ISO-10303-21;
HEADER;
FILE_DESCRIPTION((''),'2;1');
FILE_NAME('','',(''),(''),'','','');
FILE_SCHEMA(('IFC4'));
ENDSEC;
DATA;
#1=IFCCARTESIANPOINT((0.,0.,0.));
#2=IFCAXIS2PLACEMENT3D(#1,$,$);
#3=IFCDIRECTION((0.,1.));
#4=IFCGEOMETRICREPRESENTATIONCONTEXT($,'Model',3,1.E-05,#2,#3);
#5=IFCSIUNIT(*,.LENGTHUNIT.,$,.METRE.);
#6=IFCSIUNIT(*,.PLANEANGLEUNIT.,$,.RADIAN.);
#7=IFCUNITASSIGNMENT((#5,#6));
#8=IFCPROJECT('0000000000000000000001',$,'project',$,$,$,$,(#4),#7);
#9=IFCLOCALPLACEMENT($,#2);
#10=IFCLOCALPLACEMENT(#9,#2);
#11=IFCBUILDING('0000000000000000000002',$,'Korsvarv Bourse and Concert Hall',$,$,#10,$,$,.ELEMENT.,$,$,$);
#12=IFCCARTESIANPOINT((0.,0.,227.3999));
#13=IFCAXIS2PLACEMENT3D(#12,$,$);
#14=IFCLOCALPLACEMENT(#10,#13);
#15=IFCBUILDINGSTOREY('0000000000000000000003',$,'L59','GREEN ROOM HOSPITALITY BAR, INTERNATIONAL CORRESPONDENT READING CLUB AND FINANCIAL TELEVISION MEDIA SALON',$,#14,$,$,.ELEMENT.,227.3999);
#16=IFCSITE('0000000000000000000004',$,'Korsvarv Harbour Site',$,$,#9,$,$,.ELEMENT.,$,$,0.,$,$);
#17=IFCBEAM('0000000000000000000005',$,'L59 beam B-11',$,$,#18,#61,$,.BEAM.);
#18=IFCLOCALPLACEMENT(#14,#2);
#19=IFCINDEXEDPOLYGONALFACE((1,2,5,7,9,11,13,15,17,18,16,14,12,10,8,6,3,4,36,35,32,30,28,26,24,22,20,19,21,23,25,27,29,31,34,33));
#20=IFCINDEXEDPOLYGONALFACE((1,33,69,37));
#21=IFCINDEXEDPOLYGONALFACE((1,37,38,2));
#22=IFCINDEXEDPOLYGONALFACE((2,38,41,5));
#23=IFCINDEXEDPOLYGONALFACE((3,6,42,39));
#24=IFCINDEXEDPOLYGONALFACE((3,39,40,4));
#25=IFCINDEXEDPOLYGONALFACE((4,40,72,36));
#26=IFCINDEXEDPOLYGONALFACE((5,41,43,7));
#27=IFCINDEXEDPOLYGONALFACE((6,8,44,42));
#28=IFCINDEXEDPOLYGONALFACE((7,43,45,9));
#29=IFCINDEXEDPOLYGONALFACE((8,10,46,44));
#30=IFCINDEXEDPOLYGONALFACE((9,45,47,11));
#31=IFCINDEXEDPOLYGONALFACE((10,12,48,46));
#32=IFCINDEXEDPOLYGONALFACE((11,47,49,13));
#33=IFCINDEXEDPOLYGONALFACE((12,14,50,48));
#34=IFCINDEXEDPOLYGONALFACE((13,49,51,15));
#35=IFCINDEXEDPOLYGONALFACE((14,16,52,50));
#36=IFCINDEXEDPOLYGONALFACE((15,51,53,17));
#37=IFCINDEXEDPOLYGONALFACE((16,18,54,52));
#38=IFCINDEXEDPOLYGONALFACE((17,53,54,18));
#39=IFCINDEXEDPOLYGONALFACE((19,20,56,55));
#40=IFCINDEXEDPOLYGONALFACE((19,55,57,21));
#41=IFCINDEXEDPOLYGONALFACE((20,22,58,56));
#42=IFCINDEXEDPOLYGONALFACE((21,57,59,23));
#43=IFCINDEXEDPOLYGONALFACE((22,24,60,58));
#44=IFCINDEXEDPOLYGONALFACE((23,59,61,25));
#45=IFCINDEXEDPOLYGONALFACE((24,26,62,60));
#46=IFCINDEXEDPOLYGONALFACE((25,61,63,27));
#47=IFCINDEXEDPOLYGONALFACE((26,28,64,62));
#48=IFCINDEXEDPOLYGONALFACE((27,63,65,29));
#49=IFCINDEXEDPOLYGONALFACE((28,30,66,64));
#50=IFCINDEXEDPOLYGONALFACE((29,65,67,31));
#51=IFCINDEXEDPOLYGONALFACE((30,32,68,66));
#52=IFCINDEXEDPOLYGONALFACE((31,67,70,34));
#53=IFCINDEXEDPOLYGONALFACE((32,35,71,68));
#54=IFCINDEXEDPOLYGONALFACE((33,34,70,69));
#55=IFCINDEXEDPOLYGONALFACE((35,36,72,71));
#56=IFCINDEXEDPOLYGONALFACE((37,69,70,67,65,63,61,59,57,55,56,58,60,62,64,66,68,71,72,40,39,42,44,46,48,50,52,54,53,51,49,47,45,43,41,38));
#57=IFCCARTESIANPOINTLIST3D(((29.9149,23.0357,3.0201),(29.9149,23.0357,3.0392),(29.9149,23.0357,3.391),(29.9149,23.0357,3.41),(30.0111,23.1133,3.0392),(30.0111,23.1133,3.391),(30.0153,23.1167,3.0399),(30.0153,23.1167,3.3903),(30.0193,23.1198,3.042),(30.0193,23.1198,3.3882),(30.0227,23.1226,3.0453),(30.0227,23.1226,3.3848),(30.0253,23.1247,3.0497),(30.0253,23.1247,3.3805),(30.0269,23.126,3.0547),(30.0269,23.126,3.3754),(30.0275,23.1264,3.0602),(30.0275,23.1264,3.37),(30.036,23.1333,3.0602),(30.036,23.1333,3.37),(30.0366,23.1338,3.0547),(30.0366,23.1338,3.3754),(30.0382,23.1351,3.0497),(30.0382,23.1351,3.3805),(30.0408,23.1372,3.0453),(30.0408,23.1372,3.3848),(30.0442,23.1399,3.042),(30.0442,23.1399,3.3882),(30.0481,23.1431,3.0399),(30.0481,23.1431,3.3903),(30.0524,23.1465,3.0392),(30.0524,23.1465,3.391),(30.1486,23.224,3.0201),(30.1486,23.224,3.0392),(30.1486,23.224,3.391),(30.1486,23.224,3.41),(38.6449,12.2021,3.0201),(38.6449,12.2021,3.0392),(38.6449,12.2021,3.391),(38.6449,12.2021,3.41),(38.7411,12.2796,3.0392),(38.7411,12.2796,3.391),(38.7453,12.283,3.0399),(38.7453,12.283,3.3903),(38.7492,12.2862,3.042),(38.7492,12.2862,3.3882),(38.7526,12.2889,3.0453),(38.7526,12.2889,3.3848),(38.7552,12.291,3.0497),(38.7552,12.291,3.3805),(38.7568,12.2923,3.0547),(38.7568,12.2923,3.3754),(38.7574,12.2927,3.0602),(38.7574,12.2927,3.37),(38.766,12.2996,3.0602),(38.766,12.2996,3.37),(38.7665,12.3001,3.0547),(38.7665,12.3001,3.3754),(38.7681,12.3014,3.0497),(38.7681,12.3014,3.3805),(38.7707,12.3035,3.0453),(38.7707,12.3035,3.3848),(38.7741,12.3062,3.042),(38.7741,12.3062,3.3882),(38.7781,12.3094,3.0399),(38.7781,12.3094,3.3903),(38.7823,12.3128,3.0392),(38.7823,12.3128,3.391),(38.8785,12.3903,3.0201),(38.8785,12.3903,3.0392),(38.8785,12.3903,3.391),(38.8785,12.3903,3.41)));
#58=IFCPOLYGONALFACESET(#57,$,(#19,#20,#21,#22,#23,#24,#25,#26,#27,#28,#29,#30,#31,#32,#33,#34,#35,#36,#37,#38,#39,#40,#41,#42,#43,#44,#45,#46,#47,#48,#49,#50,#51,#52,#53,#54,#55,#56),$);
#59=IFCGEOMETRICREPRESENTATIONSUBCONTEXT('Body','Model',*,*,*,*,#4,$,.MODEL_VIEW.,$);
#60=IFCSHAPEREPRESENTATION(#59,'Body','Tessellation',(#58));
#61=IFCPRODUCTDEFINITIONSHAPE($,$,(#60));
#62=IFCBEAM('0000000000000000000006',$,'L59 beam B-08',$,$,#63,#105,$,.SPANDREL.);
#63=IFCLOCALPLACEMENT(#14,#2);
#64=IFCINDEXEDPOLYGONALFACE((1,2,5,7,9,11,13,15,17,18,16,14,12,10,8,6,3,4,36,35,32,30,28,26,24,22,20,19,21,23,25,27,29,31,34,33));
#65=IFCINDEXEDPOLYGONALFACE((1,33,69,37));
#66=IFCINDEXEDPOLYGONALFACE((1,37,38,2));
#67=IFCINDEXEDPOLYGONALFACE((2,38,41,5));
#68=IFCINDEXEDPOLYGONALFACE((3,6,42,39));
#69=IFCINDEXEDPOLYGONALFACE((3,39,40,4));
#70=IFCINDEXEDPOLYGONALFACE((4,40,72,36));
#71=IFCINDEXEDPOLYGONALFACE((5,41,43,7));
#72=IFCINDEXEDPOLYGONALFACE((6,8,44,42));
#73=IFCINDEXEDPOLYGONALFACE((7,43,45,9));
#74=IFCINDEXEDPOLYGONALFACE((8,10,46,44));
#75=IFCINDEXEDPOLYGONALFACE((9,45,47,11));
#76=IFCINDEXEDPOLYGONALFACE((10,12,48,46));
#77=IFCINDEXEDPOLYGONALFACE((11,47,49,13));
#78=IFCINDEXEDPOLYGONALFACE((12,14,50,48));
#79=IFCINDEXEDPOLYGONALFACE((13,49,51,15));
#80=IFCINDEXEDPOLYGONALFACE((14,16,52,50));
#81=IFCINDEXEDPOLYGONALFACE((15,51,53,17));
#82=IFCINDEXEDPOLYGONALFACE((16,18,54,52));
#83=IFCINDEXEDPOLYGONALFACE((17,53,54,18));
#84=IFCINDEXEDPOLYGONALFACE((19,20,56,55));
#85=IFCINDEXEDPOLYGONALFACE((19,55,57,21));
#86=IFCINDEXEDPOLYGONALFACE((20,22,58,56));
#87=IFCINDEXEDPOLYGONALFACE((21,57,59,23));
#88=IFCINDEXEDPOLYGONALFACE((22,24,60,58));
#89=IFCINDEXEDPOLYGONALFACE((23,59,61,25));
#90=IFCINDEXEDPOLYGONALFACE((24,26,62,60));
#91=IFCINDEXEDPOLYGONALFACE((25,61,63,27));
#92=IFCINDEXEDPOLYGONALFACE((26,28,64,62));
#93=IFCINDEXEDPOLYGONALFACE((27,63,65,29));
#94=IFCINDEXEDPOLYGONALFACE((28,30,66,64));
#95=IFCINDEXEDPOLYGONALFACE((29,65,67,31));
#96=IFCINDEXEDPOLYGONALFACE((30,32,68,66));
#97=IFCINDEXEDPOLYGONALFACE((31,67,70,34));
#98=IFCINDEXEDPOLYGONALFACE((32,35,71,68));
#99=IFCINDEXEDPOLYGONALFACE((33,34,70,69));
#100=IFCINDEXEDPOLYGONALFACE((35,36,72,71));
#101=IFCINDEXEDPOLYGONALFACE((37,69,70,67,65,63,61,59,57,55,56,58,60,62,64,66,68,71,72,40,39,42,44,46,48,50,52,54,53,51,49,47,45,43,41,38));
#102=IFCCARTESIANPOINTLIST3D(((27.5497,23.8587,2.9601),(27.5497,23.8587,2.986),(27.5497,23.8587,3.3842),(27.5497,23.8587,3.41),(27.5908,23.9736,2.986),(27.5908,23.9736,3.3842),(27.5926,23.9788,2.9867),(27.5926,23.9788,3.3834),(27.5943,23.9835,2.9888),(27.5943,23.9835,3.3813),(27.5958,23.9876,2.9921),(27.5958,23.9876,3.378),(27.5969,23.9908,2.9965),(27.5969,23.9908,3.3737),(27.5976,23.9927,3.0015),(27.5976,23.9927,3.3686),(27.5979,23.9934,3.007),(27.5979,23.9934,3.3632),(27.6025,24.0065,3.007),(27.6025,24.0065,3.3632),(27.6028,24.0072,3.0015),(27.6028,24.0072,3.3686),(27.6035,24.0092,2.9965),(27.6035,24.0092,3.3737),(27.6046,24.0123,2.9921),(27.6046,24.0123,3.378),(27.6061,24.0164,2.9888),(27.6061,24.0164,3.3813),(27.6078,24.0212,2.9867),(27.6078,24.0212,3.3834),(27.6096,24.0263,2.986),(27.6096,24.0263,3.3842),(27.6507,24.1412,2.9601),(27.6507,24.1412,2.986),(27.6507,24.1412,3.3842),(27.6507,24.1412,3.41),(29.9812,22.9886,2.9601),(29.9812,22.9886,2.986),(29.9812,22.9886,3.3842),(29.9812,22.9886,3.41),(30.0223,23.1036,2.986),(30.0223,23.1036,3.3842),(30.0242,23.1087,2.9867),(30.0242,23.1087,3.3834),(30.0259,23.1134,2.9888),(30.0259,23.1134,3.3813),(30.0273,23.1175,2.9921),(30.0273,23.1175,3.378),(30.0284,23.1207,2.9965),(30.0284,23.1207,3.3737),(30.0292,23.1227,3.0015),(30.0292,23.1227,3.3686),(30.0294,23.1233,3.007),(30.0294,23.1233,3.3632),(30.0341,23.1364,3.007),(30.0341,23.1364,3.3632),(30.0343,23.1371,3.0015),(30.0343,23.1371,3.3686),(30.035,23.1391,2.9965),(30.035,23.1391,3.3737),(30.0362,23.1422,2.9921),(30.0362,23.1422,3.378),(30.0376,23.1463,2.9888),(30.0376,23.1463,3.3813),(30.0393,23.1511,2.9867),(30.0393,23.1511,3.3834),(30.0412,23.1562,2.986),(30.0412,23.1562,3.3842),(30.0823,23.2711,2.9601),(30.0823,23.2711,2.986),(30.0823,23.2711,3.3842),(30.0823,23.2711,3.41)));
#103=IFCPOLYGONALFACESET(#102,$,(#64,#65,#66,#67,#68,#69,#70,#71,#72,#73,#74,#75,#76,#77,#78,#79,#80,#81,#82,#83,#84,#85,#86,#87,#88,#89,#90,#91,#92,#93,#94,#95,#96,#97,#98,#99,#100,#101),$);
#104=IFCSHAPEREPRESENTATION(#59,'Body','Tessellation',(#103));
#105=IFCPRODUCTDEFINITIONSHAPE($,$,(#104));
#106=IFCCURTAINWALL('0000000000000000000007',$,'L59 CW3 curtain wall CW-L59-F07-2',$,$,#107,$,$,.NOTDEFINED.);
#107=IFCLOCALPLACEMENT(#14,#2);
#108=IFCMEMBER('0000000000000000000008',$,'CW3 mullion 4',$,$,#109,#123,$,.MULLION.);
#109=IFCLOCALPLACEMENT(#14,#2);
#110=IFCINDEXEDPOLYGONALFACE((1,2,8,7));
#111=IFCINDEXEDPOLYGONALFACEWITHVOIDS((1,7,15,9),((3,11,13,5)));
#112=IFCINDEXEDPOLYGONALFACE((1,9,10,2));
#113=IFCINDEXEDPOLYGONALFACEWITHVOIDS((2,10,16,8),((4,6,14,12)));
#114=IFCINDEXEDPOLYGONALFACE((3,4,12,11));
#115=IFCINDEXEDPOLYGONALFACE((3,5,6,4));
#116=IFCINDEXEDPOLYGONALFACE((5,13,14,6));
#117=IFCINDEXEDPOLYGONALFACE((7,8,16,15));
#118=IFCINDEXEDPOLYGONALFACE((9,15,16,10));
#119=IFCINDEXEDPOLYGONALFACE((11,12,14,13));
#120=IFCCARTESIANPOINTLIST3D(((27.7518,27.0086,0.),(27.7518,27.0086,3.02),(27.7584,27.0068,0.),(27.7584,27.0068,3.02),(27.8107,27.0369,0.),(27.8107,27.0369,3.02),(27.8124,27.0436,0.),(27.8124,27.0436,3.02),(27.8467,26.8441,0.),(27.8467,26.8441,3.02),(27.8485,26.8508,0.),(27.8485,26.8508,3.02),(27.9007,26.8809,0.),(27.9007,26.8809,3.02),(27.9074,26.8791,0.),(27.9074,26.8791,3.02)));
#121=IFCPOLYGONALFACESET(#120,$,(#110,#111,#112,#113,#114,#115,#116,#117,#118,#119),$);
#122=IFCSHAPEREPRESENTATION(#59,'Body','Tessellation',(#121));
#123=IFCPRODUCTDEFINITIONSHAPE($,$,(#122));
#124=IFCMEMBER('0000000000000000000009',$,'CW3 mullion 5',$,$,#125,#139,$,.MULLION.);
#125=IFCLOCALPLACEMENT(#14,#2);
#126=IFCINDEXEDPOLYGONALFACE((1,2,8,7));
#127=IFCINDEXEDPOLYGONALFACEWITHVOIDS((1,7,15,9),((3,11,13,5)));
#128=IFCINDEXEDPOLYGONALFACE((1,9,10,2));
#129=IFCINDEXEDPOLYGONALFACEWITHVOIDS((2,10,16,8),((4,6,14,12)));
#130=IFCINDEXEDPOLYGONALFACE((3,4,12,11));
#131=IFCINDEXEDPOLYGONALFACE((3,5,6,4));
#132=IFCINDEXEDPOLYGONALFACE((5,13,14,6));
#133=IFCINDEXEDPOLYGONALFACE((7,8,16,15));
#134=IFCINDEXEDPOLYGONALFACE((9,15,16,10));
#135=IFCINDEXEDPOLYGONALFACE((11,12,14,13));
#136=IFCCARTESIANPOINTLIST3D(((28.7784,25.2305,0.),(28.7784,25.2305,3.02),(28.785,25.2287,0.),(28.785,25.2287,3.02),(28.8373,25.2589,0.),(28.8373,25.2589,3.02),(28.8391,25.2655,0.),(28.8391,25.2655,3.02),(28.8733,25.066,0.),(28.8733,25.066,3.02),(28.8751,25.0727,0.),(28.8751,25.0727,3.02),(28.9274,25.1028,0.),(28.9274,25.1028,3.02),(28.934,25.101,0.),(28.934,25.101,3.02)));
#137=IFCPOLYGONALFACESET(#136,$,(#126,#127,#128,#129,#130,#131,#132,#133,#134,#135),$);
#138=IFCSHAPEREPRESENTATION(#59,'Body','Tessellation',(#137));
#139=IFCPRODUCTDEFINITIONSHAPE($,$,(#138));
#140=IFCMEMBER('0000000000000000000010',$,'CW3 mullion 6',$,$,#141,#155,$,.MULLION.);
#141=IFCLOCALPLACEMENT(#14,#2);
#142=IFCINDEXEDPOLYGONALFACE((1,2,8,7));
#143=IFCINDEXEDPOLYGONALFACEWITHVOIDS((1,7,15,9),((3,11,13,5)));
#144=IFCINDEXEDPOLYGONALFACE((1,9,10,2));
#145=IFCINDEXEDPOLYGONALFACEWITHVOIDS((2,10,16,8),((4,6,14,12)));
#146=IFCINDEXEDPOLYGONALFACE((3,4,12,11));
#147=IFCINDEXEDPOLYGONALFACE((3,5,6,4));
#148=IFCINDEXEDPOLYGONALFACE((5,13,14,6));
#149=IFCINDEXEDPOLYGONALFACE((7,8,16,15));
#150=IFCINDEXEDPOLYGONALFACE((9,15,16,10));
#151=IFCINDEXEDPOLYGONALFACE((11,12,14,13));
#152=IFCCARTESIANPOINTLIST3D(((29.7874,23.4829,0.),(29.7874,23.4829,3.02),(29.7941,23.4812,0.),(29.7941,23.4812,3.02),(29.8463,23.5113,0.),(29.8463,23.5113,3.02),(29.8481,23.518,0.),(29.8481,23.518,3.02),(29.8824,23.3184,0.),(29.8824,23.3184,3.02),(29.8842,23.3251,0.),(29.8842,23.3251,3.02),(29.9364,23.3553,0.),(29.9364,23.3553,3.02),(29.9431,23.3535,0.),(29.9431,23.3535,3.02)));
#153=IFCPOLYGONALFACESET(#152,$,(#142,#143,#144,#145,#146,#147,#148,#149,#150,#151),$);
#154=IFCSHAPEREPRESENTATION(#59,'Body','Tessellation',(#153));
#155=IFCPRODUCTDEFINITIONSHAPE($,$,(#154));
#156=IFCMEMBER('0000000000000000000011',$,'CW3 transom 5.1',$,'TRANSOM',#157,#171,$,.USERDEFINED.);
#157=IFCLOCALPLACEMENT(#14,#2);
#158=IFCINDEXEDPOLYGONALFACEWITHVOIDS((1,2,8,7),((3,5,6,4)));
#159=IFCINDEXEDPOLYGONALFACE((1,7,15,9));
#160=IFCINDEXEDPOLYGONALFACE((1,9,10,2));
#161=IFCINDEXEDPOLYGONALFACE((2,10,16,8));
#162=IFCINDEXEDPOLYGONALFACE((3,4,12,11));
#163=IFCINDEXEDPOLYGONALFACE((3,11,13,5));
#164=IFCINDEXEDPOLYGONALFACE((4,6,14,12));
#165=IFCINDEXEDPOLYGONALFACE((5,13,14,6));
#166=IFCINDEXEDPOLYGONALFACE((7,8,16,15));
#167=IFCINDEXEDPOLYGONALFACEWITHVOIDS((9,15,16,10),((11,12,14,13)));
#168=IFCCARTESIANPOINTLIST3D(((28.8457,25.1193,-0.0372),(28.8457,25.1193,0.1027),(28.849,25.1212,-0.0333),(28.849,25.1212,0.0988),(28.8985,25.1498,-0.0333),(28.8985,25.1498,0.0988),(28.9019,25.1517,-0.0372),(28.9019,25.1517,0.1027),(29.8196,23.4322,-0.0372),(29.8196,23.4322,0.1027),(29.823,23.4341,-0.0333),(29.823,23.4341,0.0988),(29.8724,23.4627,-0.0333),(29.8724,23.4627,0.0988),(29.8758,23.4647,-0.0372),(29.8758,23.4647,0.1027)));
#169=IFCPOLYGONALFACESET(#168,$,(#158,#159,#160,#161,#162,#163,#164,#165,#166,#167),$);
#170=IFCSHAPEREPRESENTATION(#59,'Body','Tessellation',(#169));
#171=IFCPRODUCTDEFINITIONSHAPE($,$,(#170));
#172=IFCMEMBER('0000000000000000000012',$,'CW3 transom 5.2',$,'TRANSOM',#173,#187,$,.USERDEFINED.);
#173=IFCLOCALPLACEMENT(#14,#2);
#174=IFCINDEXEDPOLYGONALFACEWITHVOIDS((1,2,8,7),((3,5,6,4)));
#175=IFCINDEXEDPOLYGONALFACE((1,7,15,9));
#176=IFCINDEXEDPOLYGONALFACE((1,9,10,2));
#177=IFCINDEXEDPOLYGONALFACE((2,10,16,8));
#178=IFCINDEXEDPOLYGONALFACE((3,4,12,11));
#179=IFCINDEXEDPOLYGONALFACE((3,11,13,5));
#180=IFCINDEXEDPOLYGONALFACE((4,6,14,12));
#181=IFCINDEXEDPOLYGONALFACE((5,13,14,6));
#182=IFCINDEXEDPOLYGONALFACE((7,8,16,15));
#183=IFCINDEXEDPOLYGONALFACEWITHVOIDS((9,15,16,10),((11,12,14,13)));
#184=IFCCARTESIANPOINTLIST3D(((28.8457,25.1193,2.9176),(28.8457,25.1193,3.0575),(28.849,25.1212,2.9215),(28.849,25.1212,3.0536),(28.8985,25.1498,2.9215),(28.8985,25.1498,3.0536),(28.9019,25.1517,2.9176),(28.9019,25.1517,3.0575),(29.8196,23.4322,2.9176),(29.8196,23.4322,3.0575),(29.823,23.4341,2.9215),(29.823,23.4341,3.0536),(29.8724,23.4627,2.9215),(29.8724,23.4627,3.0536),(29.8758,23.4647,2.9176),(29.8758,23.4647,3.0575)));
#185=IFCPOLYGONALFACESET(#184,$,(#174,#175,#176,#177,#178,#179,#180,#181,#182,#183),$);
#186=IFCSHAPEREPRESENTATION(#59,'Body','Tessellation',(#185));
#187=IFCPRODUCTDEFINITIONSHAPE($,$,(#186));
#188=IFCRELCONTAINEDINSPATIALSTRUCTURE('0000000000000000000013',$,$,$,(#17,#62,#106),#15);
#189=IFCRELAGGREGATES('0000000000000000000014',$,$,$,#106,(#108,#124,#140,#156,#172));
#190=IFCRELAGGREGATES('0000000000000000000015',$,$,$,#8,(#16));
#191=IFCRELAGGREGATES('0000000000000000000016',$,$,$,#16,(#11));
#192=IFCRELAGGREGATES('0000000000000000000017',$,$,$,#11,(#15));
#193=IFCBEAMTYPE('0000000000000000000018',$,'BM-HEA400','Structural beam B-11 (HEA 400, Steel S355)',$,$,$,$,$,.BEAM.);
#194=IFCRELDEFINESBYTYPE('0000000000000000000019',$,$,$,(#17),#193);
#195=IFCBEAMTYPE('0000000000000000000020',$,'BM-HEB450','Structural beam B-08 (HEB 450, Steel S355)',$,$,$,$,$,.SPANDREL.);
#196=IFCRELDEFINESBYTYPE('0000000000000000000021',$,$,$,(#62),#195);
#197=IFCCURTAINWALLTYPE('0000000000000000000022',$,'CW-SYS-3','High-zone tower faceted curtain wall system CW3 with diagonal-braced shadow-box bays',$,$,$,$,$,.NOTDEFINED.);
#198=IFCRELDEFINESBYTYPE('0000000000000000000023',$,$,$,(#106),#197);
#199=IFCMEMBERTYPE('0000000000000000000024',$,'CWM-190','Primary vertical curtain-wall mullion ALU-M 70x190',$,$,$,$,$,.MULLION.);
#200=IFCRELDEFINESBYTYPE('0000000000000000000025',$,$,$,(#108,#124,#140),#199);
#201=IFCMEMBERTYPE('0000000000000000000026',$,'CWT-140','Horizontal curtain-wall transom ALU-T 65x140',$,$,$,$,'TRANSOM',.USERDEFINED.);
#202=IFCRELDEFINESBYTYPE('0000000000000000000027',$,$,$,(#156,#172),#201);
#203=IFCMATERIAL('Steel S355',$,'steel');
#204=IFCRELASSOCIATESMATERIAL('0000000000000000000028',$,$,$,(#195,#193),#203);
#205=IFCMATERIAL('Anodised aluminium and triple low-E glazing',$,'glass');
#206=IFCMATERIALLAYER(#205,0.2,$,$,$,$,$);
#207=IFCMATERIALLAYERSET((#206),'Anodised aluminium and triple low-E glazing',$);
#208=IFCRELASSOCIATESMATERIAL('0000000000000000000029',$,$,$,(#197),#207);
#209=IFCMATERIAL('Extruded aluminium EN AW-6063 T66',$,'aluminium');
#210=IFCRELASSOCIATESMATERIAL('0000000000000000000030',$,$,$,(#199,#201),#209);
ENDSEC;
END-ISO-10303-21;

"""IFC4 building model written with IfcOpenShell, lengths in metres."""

from ifc_helpers import new_model, si_unit, direction, frame, origin, origin_2d, place, context, subcontext, project, spatial, hollow_rectangle, i_section, extrude, source, transform, mapped, material, layer, layer_set, material_profile, profile_set, type_object, element, aggregate, save


model = new_model("IFC4")

# Units and contexts
model_context = context("Model", 3, precision=1e-05, world=origin(), true_north=direction((0.0, 1.0)))
body_context = subcontext(model_context, "Body", "Model", "MODEL_VIEW")
ifc_project = project(units=[si_unit("LENGTHUNIT", "METRE"), si_unit("PLANEANGLEUNIT", "RADIAN")], contexts=[model_context])

# Site, building, storey
site_placement = place(None, origin())
site = spatial("IfcSite", under=ifc_project, at=site_placement, Name="Korsvarv Harbour Site", CompositionType="ELEMENT", RefElevation=0.0)
building_placement = place(site_placement, origin())
building = spatial("IfcBuilding", under=site, at=building_placement, Name="Korsvarv Bourse and Concert Hall", CompositionType="ELEMENT")
storey_placement = place(building_placement, frame((0.0, 0.0, 227.3999)))
storey = spatial("IfcBuildingStorey", under=building, at=storey_placement, Name="L59", Description="GREEN ROOM HOSPITALITY BAR, INTERNATIONAL CORRESPONDENT READING CLUB AND FINANCIAL TELEVISION MEDIA SALON", CompositionType="ELEMENT", Elevation=227.3999)

# Shared definitions
ifc_material_1 = material(Name="Steel S355", Category="steel")

# Beams
ifc_material_profile_1 = material_profile(ifc_material_1, i_section(OverallWidth=0.3, OverallDepth=0.45, WebThickness=0.0139, FlangeThickness=0.0259, FilletRadius=0.021, at=origin_2d()), Name="HEB 450")
ifc_profile_set_1 = profile_set([ifc_material_profile_1], Name="Steel S355")
beam_type_1 = type_object("IfcBeamType", Name="BM-HEB450", Description="Structural beam B-08 (HEB 450, Steel S355)", PredefinedType="SPANDREL", material=ifc_profile_set_1)
ifc_material_profile_2 = material_profile(ifc_material_1, i_section(OverallWidth=0.3, OverallDepth=0.3899, WebThickness=0.011, FlangeThickness=0.019, FilletRadius=0.021, at=origin_2d()), Name="HEA 400")
ifc_profile_set_2 = profile_set([ifc_material_profile_2], Name="Steel S355")
beam_type_2 = type_object("IfcBeamType", Name="BM-HEA400", Description="Structural beam B-11 (HEA 400, Steel S355)", PredefinedType="BEAM", material=ifc_profile_set_2)
shared_shape_1 = source(origin(), body_context, "Body", "SweptSolid", [
    extrude(i_section(OverallWidth=0.3, OverallDepth=0.3899, WebThickness=0.011, FlangeThickness=0.019, FilletRadius=0.021, at=origin_2d()), origin(), (0.0, 0.0, 1.0), 13.9133),
])
beam_1_placement = place(storey_placement, frame((30.0317, 23.1299, 3.2151), z_axis=(0.627452, -0.778656, 0.0), x_axis=(0.778656, 0.627452, 0.0)))
element("IfcBeam", 1, at=beam_1_placement, inside=storey, type_object=beam_type_2, Name="L59 beam B-11", PredefinedType="BEAM", context=body_context, shape_type="MappedRepresentation", body=[
    mapped(shared_shape_1, transform((0.0, 0.0, 0.0), scale=1.0)),
])
shared_shape_2 = source(origin(), body_context, "Body", "SweptSolid", [
    extrude(i_section(OverallWidth=0.3, OverallDepth=0.45, WebThickness=0.0139, FlangeThickness=0.0259, FilletRadius=0.021, at=origin_2d()), origin(), (0.0, 0.0, 1.0), 2.5825),
])
beam_2_placement = place(storey_placement, frame((30.0317, 23.1299, 3.1851), z_axis=(-0.941536, 0.336911, 0.0), x_axis=(-0.336911, -0.941536, 0.0)))
element("IfcBeam", 2, at=beam_2_placement, inside=storey, type_object=beam_type_1, Name="L59 beam B-08", PredefinedType="SPANDREL", context=body_context, shape_type="MappedRepresentation", body=[
    mapped(shared_shape_2, transform((0.0, 0.0, 0.0), scale=1.0)),
])

# Curtain wall, members
ifc_material_2 = material(Name="Anodised aluminium and triple low-E glazing", Category="glass")
ifc_layer_1 = layer(ifc_material_2, 0.2)
ifc_layer_set_1 = layer_set([ifc_layer_1], Name="Anodised aluminium and triple low-E glazing")
curtain_wall_type = type_object("IfcCurtainWallType", Name="CW-SYS-3", Description="High-zone tower faceted curtain wall system CW3 with diagonal-braced shadow-box bays", PredefinedType="NOTDEFINED", material=ifc_layer_set_1)
curtain_wall_placement = place(storey_placement, origin())
curtain_wall = element("IfcCurtainWall", 3, at=curtain_wall_placement, inside=storey, type_object=curtain_wall_type, Name="L59 CW3 curtain wall CW-L59-F07-2", PredefinedType="NOTDEFINED")
ifc_material_3 = material(Name="Extruded aluminium EN AW-6063 T66", Category="aluminium")
ifc_material_profile_3 = material_profile(ifc_material_3, hollow_rectangle(XDim=0.0701, YDim=0.1899, WallThickness=0.0049, at=origin_2d()), Name="ALU-M 70x190")
ifc_profile_set_3 = profile_set([ifc_material_profile_3], Name="Extruded aluminium EN AW-6063 T66")
member_type_1 = type_object("IfcMemberType", Name="CWM-190", Description="Primary vertical curtain-wall mullion ALU-M 70x190", PredefinedType="MULLION", material=ifc_profile_set_3)
shared_shape_3 = source(origin(), body_context, "Body", "SweptSolid", [
    extrude(hollow_rectangle(XDim=0.0701, YDim=0.1899, WallThickness=0.0049, at=origin_2d()), origin(), (0.0, 0.0, 1.0), 3.02),
])
member_1_placement = place(storey_placement, frame((27.8296, 26.9438, 0.0), z_axis=(0.0, 0.0, 1.0), x_axis=(0.866025, 0.5, 0.0)))
member_1 = element("IfcMember", 4, at=member_1_placement, type_object=member_type_1, Name="CW3 mullion 4", PredefinedType="MULLION", context=body_context, shape_type="MappedRepresentation", body=[
    mapped(shared_shape_3, transform((0.0, 0.0, 0.0), scale=1.0)),
])
member_2_placement = place(storey_placement, frame((28.8562, 25.1658, 0.0), z_axis=(0.0, 0.0, 1.0), x_axis=(0.866025, 0.5, 0.0)))
member_2 = element("IfcMember", 5, at=member_2_placement, type_object=member_type_1, Name="CW3 mullion 5", PredefinedType="MULLION", context=body_context, shape_type="MappedRepresentation", body=[
    mapped(shared_shape_3, transform((0.0, 0.0, 0.0), scale=1.0)),
])
member_3_placement = place(storey_placement, frame((29.8652, 23.4182, 0.0), z_axis=(0.0, 0.0, 1.0), x_axis=(0.866025, 0.5, 0.0)))
member_3 = element("IfcMember", 6, at=member_3_placement, type_object=member_type_1, Name="CW3 mullion 6", PredefinedType="MULLION", context=body_context, shape_type="MappedRepresentation", body=[
    mapped(shared_shape_3, transform((0.0, 0.0, 0.0), scale=1.0)),
])
ifc_material_profile_4 = material_profile(ifc_material_3, hollow_rectangle(XDim=0.0649, YDim=0.1399, WallThickness=0.0039, at=origin_2d()), Name="ALU-T 65x140")
ifc_profile_set_4 = profile_set([ifc_material_profile_4], Name="Extruded aluminium EN AW-6063 T66")
member_type_2 = type_object("IfcMemberType", Name="CWT-140", Description="Horizontal curtain-wall transom ALU-T 65x140", ElementType="TRANSOM", PredefinedType="USERDEFINED", material=ifc_profile_set_4)
shared_shape_4 = source(origin(), body_context, "Body", "SweptSolid", [
    extrude(hollow_rectangle(XDim=0.0649, YDim=0.1399, WallThickness=0.0039, at=origin_2d()), origin(), (0.0, 0.0, 1.0), 1.948),
])
member_4_placement = place(storey_placement, frame((28.8738, 25.1355, 0.0327), z_axis=(0.499954, -0.866052, 0.0), x_axis=(0.866052, 0.499954, 0.0)))
member_4 = element("IfcMember", 7, at=member_4_placement, type_object=member_type_2, Name="CW3 transom 5.1", ObjectType="TRANSOM", PredefinedType="USERDEFINED", context=body_context, shape_type="MappedRepresentation", body=[
    mapped(shared_shape_4, transform((0.0, 0.0, 0.0), scale=1.0)),
])
member_5_placement = place(storey_placement, frame((28.8738, 25.1355, 2.9875), z_axis=(0.499954, -0.866052, 0.0), x_axis=(0.866052, 0.499954, 0.0)))
member_5 = element("IfcMember", 8, at=member_5_placement, type_object=member_type_2, Name="CW3 transom 5.2", ObjectType="TRANSOM", PredefinedType="USERDEFINED", context=body_context, shape_type="MappedRepresentation", body=[
    mapped(shared_shape_4, transform((0.0, 0.0, 0.0), scale=1.0)),
])
aggregate(curtain_wall, [member_1, member_2, member_3, member_4, member_5])

save(model, "model.ifc")
